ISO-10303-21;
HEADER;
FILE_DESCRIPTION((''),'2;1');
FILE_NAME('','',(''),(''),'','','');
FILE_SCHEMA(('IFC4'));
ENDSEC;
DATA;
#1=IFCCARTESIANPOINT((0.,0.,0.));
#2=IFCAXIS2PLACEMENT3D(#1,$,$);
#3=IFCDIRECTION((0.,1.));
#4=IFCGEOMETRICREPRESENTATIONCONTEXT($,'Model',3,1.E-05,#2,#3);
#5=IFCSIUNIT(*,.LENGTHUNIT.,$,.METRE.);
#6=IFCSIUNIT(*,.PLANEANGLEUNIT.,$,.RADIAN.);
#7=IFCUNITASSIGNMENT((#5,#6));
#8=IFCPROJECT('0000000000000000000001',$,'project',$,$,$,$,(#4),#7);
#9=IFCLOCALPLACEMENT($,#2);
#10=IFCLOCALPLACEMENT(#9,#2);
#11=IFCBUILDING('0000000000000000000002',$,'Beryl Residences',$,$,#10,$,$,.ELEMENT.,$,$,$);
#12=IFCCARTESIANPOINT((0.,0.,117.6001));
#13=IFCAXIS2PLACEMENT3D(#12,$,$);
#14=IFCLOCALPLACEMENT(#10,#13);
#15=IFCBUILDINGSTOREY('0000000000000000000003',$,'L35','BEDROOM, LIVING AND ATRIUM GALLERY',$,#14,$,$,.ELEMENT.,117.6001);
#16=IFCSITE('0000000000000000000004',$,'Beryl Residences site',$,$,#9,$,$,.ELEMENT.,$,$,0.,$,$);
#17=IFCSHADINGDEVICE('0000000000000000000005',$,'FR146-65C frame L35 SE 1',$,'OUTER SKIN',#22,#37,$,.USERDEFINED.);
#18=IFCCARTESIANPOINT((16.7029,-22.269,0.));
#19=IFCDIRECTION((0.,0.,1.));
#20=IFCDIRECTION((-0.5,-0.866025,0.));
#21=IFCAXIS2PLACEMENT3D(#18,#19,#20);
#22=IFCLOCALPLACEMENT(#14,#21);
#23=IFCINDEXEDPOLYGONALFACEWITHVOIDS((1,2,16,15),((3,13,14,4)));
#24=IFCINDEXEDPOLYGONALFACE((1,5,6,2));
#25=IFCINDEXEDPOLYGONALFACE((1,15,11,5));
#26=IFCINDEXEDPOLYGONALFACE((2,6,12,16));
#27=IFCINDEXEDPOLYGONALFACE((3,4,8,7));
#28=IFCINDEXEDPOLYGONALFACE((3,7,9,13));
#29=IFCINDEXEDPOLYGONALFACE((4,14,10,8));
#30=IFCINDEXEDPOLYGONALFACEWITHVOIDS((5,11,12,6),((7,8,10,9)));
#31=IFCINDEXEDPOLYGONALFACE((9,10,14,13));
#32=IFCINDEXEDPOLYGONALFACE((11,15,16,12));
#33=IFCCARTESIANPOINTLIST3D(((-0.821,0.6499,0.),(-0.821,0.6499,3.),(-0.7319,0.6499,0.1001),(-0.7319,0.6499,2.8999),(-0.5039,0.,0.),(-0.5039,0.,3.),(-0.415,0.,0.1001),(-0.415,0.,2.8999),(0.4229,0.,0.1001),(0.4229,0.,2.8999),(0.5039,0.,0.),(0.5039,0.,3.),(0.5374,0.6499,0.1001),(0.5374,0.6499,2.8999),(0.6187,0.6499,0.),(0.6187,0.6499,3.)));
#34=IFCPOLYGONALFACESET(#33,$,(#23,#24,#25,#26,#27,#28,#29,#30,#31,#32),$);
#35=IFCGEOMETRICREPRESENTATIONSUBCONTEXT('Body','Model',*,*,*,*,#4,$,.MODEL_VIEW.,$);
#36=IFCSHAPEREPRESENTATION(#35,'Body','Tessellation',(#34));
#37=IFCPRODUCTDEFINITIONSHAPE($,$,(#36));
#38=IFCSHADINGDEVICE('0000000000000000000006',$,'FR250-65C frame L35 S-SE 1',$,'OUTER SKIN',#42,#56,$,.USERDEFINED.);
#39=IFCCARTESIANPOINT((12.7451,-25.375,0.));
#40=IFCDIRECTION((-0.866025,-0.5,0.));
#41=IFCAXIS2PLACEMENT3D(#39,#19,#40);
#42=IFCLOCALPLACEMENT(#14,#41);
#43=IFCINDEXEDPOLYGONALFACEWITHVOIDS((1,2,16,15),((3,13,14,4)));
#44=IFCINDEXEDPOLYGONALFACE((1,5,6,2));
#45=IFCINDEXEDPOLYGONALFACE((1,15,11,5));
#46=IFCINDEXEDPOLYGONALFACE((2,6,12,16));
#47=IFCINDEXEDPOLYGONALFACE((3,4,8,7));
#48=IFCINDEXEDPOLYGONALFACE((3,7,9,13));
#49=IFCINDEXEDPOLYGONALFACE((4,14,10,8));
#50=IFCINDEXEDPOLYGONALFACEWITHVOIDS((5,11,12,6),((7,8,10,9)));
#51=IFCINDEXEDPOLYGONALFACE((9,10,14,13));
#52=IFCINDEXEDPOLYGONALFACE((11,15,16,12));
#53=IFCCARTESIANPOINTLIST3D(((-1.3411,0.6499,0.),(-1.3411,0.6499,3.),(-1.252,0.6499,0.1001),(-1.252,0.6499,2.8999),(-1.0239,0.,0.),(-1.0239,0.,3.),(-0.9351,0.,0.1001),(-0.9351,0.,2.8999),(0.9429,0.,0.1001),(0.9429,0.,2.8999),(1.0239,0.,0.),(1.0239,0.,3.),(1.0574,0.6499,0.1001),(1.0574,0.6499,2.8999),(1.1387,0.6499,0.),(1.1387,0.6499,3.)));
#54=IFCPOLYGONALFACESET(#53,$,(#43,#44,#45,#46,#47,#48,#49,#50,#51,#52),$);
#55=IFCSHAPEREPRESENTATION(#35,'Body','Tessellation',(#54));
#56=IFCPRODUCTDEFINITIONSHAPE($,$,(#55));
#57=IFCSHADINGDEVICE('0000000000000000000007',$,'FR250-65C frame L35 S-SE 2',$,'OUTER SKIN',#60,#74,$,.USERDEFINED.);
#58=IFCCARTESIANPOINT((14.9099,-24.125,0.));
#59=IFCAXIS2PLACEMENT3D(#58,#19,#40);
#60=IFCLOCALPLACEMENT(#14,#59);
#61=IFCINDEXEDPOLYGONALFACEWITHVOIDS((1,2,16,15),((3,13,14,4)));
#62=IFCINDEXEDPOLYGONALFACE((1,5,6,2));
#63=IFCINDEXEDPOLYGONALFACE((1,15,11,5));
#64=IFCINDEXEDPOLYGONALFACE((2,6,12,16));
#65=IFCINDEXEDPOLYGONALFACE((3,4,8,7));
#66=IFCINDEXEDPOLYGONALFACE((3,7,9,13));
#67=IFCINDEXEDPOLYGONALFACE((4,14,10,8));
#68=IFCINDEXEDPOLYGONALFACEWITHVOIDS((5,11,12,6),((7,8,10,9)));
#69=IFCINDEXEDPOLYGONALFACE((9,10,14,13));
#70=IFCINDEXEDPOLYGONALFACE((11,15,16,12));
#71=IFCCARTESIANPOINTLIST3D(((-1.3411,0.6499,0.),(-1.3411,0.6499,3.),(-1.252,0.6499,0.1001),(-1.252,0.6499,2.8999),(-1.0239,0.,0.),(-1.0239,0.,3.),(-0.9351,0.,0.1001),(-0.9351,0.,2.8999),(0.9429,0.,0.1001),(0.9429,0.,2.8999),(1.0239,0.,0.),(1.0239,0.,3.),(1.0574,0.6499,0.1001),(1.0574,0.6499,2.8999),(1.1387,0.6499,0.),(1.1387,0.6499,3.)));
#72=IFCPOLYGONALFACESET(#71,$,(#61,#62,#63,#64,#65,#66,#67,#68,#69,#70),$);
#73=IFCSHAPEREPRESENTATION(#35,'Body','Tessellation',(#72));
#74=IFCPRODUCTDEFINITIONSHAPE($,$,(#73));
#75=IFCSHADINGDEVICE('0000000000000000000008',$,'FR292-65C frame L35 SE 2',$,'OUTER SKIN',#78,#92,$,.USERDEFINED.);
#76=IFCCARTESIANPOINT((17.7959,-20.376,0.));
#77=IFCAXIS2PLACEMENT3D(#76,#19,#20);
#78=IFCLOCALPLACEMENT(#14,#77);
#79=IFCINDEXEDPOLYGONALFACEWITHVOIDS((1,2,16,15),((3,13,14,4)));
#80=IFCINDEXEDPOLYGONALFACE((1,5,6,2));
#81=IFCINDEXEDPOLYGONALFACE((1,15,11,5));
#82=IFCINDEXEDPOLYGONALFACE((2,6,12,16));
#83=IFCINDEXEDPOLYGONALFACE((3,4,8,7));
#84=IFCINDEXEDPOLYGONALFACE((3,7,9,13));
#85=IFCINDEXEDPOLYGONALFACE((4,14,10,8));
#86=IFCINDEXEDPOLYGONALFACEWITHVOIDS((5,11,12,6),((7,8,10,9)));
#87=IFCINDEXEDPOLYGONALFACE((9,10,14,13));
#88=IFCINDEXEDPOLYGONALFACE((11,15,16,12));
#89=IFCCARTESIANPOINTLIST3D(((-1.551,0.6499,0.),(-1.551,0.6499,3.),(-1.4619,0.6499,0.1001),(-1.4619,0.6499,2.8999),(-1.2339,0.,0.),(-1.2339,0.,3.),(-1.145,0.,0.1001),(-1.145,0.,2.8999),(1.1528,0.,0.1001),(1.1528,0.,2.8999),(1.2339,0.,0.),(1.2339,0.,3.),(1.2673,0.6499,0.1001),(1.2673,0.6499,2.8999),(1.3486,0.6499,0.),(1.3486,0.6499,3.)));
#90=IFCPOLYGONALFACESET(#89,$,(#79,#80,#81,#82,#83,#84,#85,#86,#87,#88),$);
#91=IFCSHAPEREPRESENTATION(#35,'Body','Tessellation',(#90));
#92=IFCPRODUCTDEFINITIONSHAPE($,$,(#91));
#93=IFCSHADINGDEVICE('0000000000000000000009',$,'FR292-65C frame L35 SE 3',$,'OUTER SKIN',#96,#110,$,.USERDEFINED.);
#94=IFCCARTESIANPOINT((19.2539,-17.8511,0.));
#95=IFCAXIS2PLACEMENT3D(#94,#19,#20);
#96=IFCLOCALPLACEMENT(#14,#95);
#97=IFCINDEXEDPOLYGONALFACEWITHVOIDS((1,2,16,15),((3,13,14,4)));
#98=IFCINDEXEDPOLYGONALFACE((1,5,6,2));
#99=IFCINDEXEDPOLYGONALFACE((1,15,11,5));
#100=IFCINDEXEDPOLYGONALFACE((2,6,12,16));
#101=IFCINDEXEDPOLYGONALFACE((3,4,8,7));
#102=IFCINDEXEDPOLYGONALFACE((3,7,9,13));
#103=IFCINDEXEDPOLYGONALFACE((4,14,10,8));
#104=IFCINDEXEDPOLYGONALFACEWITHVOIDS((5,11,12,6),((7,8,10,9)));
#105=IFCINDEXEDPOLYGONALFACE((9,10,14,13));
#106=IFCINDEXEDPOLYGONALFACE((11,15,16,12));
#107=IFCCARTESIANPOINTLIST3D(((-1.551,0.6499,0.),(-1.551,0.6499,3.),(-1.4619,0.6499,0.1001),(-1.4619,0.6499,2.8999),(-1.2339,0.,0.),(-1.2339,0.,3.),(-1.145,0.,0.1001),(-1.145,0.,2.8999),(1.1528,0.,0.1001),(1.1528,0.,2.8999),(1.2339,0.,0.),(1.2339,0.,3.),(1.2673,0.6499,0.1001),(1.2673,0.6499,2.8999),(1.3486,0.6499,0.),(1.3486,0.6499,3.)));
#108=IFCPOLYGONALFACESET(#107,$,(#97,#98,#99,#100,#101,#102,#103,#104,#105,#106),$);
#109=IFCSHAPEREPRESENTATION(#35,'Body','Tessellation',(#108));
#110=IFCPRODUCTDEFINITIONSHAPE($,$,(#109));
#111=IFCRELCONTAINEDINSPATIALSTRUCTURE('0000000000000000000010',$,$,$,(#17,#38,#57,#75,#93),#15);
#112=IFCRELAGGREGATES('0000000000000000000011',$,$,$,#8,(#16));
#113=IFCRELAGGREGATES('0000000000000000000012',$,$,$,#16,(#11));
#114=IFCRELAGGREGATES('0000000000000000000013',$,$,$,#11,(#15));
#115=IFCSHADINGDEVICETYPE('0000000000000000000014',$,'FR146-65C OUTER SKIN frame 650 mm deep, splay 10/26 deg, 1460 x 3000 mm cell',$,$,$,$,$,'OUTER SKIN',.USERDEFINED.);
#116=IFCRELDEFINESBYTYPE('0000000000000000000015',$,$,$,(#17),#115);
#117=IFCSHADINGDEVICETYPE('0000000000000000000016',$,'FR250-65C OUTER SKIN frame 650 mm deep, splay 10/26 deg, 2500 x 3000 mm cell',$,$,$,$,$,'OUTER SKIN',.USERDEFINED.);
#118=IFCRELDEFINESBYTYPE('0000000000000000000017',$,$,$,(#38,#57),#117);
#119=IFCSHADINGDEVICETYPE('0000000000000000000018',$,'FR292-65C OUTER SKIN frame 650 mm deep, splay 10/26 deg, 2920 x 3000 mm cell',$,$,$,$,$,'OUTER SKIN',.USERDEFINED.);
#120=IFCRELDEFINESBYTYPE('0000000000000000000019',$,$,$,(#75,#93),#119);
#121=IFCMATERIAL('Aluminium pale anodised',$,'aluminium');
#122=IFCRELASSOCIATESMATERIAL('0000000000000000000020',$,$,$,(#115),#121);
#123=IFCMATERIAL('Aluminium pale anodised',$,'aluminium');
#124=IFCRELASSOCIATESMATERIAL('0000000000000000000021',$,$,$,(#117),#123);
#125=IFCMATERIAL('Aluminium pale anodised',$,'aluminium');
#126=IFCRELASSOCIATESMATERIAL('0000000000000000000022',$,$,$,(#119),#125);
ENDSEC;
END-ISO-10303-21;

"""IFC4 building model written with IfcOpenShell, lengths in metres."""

from ifc_helpers import new_model, entity, si_unit, direction, frame, origin, place, context, subcontext, project, spatial, source, transform, mapped, material, type_object, type_shapes, element, save


model = new_model("IFC4")

# Units and contexts
model_context = context("Model", 3, precision=1e-05, world=origin(), true_north=direction((0.0, 1.0)))
body_context = subcontext(model_context, "Body", "Model", "MODEL_VIEW")
ifc_project = project(units=[si_unit("LENGTHUNIT", "METRE"), si_unit("PLANEANGLEUNIT", "RADIAN")], contexts=[model_context])

# Site, building, storey
site_placement = place(None, origin())
site = spatial("IfcSite", under=ifc_project, at=site_placement, Name="Beryl Residences site", CompositionType="ELEMENT", RefElevation=0.0)
building_placement = place(site_placement, origin())
building = spatial("IfcBuilding", under=site, at=building_placement, Name="Beryl Residences", CompositionType="ELEMENT")
storey_placement = place(building_placement, frame((0.0, 0.0, 117.6001)))
storey = spatial("IfcBuildingStorey", under=building, at=storey_placement, Name="L35", Description="BEDROOM, LIVING AND ATRIUM GALLERY", CompositionType="ELEMENT", Elevation=117.6001)

# Shading devices
ifc_material_1 = material(Name="Aluminium pale anodised", Category="aluminium")
shading_device_type_1 = type_object("IfcShadingDeviceType", Name="FR146-65C OUTER SKIN frame 650 mm deep, splay 10/26 deg, 1460 x 3000 mm cell", ElementType="OUTER SKIN", PredefinedType="USERDEFINED", material=ifc_material_1)
cartesian_point_1 = entity("IfcCartesianPoint", [-0.5039, 0.0])
cartesian_point_2 = entity("IfcCartesianPoint", [-0.4229, 0.1001])
cartesian_point_3 = entity("IfcCartesianPoint", [-0.6187, 0.0])
cartesian_point_4 = entity("IfcCartesianPoint", [-0.5374, 0.1001])
shared_shape_1 = source(origin(), body_context, "Body", "SweptSolid", [
    entity("IfcExtrudedAreaSolidTapered", entity("IfcArbitraryProfileDefWithVoids", "AREA", None, entity("IfcPolyline", [cartesian_point_1, entity("IfcCartesianPoint", [0.5039, 0.0]), entity("IfcCartesianPoint", [0.5039, 3.0]), entity("IfcCartesianPoint", [-0.5039, 3.0]), cartesian_point_1]), [entity("IfcPolyline", [cartesian_point_2, entity("IfcCartesianPoint", [0.415, 0.1001]), entity("IfcCartesianPoint", [0.415, 2.8999]), entity("IfcCartesianPoint", [-0.4229, 2.8999]), cartesian_point_2])]), entity("IfcAxis2Placement3D", entity("IfcCartesianPoint", [0.0, 0.0, 0.0]), entity("IfcDirection", [0.0, 1.0, 0.0]), entity("IfcDirection", [-1.0, 0.0, 0.0])), entity("IfcDirection", [0.0, 0.0, 1.0]), 0.6499, entity("IfcArbitraryProfileDefWithVoids", "AREA", None, entity("IfcPolyline", [cartesian_point_3, entity("IfcCartesianPoint", [0.821, 0.0]), entity("IfcCartesianPoint", [0.821, 3.0]), entity("IfcCartesianPoint", [-0.6187, 3.0]), cartesian_point_3]), [entity("IfcPolyline", [cartesian_point_4, entity("IfcCartesianPoint", [0.7319, 0.1001]), entity("IfcCartesianPoint", [0.7319, 2.8999]), entity("IfcCartesianPoint", [-0.5374, 2.8999]), cartesian_point_4])])),
])
type_shapes(shading_device_type_1, [shared_shape_1])
shading_device_placement = place(storey_placement, frame((16.7029, -22.269, 0.0), z_axis=(0.0, 0.0, 1.0), x_axis=(-0.5, -0.866025, 0.0)))
element("IfcShadingDevice", 1, at=shading_device_placement, inside=storey, type_object=shading_device_type_1, Name="FR146-65C frame L35 SE 1", ObjectType="OUTER SKIN", PredefinedType="USERDEFINED", context=body_context, shape_type="MappedRepresentation", body=[
    mapped(shared_shape_1, transform((0.0, 0.0, 0.0))),
])
ifc_material_2 = material(Name="Aluminium pale anodised", Category="aluminium")
shading_device_type_2 = type_object("IfcShadingDeviceType", Name="FR250-65C OUTER SKIN frame 650 mm deep, splay 10/26 deg, 2500 x 3000 mm cell", ElementType="OUTER SKIN", PredefinedType="USERDEFINED", material=ifc_material_2)
cartesian_point_5 = entity("IfcCartesianPoint", [-1.0239, 0.0])
cartesian_point_6 = entity("IfcCartesianPoint", [-0.9429, 0.1001])
cartesian_point_7 = entity("IfcCartesianPoint", [-1.1387, 0.0])
cartesian_point_8 = entity("IfcCartesianPoint", [-1.0574, 0.1001])
shared_shape_2 = source(origin(), body_context, "Body", "SweptSolid", [
    entity("IfcExtrudedAreaSolidTapered", entity("IfcArbitraryProfileDefWithVoids", "AREA", None, entity("IfcPolyline", [cartesian_point_5, entity("IfcCartesianPoint", [1.0239, 0.0]), entity("IfcCartesianPoint", [1.0239, 3.0]), entity("IfcCartesianPoint", [-1.0239, 3.0]), cartesian_point_5]), [entity("IfcPolyline", [cartesian_point_6, entity("IfcCartesianPoint", [0.9351, 0.1001]), entity("IfcCartesianPoint", [0.9351, 2.8999]), entity("IfcCartesianPoint", [-0.9429, 2.8999]), cartesian_point_6])]), entity("IfcAxis2Placement3D", entity("IfcCartesianPoint", [0.0, 0.0, 0.0]), entity("IfcDirection", [0.0, 1.0, 0.0]), entity("IfcDirection", [-1.0, 0.0, 0.0])), entity("IfcDirection", [0.0, 0.0, 1.0]), 0.6499, entity("IfcArbitraryProfileDefWithVoids", "AREA", None, entity("IfcPolyline", [cartesian_point_7, entity("IfcCartesianPoint", [1.3411, 0.0]), entity("IfcCartesianPoint", [1.3411, 3.0]), entity("IfcCartesianPoint", [-1.1387, 3.0]), cartesian_point_7]), [entity("IfcPolyline", [cartesian_point_8, entity("IfcCartesianPoint", [1.252, 0.1001]), entity("IfcCartesianPoint", [1.252, 2.8999]), entity("IfcCartesianPoint", [-1.0574, 2.8999]), cartesian_point_8])])),
])
type_shapes(shading_device_type_2, [shared_shape_2])
for number, where, z_axis, x_axis, name in (
    (2, (12.7451, -25.375, 0.0), (0.0, 0.0, 1.0), (-0.866025, -0.5, 0.0), "FR250-65C frame L35 S-SE 1"),
    (3, (14.9099, -24.125, 0.0), (0.0, 0.0, 1.0), (-0.866025, -0.5, 0.0), "FR250-65C frame L35 S-SE 2"),
):
    element("IfcShadingDevice", number, at=place(storey_placement, frame(where, z_axis=z_axis, x_axis=x_axis)), inside=storey, type_object=shading_device_type_2, Name=name, ObjectType="OUTER SKIN", PredefinedType="USERDEFINED", context=body_context, shape_type="MappedRepresentation", body=[
        mapped(shared_shape_2, transform((0.0, 0.0, 0.0))),
    ])
ifc_material_3 = material(Name="Aluminium pale anodised", Category="aluminium")
shading_device_type_3 = type_object("IfcShadingDeviceType", Name="FR292-65C OUTER SKIN frame 650 mm deep, splay 10/26 deg, 2920 x 3000 mm cell", ElementType="OUTER SKIN", PredefinedType="USERDEFINED", material=ifc_material_3)
cartesian_point_9 = entity("IfcCartesianPoint", [-1.2339, 0.0])
cartesian_point_10 = entity("IfcCartesianPoint", [-1.1528, 0.1001])
cartesian_point_11 = entity("IfcCartesianPoint", [-1.3486, 0.0])
cartesian_point_12 = entity("IfcCartesianPoint", [-1.2673, 0.1001])
shared_shape_3 = source(origin(), body_context, "Body", "SweptSolid", [
    entity("IfcExtrudedAreaSolidTapered", entity("IfcArbitraryProfileDefWithVoids", "AREA", None, entity("IfcPolyline", [cartesian_point_9, entity("IfcCartesianPoint", [1.2339, 0.0]), entity("IfcCartesianPoint", [1.2339, 3.0]), entity("IfcCartesianPoint", [-1.2339, 3.0]), cartesian_point_9]), [entity("IfcPolyline", [cartesian_point_10, entity("IfcCartesianPoint", [1.145, 0.1001]), entity("IfcCartesianPoint", [1.145, 2.8999]), entity("IfcCartesianPoint", [-1.1528, 2.8999]), cartesian_point_10])]), entity("IfcAxis2Placement3D", entity("IfcCartesianPoint", [0.0, 0.0, 0.0]), entity("IfcDirection", [0.0, 1.0, 0.0]), entity("IfcDirection", [-1.0, 0.0, 0.0])), entity("IfcDirection", [0.0, 0.0, 1.0]), 0.6499, entity("IfcArbitraryProfileDefWithVoids", "AREA", None, entity("IfcPolyline", [cartesian_point_11, entity("IfcCartesianPoint", [1.551, 0.0]), entity("IfcCartesianPoint", [1.551, 3.0]), entity("IfcCartesianPoint", [-1.3486, 3.0]), cartesian_point_11]), [entity("IfcPolyline", [cartesian_point_12, entity("IfcCartesianPoint", [1.4619, 0.1001]), entity("IfcCartesianPoint", [1.4619, 2.8999]), entity("IfcCartesianPoint", [-1.2673, 2.8999]), cartesian_point_12])])),
])
type_shapes(shading_device_type_3, [shared_shape_3])
for number, where, z_axis, x_axis, name in (
    (4, (17.7959, -20.376, 0.0), (0.0, 0.0, 1.0), (-0.5, -0.866025, 0.0), "FR292-65C frame L35 SE 2"),
    (5, (19.2539, -17.8511, 0.0), (0.0, 0.0, 1.0), (-0.5, -0.866025, 0.0), "FR292-65C frame L35 SE 3"),
):
    element("IfcShadingDevice", number, at=place(storey_placement, frame(where, z_axis=z_axis, x_axis=x_axis)), inside=storey, type_object=shading_device_type_3, Name=name, ObjectType="OUTER SKIN", PredefinedType="USERDEFINED", context=body_context, shape_type="MappedRepresentation", body=[
        mapped(shared_shape_3, transform((0.0, 0.0, 0.0))),
    ])

save(model, "model.ifc")
